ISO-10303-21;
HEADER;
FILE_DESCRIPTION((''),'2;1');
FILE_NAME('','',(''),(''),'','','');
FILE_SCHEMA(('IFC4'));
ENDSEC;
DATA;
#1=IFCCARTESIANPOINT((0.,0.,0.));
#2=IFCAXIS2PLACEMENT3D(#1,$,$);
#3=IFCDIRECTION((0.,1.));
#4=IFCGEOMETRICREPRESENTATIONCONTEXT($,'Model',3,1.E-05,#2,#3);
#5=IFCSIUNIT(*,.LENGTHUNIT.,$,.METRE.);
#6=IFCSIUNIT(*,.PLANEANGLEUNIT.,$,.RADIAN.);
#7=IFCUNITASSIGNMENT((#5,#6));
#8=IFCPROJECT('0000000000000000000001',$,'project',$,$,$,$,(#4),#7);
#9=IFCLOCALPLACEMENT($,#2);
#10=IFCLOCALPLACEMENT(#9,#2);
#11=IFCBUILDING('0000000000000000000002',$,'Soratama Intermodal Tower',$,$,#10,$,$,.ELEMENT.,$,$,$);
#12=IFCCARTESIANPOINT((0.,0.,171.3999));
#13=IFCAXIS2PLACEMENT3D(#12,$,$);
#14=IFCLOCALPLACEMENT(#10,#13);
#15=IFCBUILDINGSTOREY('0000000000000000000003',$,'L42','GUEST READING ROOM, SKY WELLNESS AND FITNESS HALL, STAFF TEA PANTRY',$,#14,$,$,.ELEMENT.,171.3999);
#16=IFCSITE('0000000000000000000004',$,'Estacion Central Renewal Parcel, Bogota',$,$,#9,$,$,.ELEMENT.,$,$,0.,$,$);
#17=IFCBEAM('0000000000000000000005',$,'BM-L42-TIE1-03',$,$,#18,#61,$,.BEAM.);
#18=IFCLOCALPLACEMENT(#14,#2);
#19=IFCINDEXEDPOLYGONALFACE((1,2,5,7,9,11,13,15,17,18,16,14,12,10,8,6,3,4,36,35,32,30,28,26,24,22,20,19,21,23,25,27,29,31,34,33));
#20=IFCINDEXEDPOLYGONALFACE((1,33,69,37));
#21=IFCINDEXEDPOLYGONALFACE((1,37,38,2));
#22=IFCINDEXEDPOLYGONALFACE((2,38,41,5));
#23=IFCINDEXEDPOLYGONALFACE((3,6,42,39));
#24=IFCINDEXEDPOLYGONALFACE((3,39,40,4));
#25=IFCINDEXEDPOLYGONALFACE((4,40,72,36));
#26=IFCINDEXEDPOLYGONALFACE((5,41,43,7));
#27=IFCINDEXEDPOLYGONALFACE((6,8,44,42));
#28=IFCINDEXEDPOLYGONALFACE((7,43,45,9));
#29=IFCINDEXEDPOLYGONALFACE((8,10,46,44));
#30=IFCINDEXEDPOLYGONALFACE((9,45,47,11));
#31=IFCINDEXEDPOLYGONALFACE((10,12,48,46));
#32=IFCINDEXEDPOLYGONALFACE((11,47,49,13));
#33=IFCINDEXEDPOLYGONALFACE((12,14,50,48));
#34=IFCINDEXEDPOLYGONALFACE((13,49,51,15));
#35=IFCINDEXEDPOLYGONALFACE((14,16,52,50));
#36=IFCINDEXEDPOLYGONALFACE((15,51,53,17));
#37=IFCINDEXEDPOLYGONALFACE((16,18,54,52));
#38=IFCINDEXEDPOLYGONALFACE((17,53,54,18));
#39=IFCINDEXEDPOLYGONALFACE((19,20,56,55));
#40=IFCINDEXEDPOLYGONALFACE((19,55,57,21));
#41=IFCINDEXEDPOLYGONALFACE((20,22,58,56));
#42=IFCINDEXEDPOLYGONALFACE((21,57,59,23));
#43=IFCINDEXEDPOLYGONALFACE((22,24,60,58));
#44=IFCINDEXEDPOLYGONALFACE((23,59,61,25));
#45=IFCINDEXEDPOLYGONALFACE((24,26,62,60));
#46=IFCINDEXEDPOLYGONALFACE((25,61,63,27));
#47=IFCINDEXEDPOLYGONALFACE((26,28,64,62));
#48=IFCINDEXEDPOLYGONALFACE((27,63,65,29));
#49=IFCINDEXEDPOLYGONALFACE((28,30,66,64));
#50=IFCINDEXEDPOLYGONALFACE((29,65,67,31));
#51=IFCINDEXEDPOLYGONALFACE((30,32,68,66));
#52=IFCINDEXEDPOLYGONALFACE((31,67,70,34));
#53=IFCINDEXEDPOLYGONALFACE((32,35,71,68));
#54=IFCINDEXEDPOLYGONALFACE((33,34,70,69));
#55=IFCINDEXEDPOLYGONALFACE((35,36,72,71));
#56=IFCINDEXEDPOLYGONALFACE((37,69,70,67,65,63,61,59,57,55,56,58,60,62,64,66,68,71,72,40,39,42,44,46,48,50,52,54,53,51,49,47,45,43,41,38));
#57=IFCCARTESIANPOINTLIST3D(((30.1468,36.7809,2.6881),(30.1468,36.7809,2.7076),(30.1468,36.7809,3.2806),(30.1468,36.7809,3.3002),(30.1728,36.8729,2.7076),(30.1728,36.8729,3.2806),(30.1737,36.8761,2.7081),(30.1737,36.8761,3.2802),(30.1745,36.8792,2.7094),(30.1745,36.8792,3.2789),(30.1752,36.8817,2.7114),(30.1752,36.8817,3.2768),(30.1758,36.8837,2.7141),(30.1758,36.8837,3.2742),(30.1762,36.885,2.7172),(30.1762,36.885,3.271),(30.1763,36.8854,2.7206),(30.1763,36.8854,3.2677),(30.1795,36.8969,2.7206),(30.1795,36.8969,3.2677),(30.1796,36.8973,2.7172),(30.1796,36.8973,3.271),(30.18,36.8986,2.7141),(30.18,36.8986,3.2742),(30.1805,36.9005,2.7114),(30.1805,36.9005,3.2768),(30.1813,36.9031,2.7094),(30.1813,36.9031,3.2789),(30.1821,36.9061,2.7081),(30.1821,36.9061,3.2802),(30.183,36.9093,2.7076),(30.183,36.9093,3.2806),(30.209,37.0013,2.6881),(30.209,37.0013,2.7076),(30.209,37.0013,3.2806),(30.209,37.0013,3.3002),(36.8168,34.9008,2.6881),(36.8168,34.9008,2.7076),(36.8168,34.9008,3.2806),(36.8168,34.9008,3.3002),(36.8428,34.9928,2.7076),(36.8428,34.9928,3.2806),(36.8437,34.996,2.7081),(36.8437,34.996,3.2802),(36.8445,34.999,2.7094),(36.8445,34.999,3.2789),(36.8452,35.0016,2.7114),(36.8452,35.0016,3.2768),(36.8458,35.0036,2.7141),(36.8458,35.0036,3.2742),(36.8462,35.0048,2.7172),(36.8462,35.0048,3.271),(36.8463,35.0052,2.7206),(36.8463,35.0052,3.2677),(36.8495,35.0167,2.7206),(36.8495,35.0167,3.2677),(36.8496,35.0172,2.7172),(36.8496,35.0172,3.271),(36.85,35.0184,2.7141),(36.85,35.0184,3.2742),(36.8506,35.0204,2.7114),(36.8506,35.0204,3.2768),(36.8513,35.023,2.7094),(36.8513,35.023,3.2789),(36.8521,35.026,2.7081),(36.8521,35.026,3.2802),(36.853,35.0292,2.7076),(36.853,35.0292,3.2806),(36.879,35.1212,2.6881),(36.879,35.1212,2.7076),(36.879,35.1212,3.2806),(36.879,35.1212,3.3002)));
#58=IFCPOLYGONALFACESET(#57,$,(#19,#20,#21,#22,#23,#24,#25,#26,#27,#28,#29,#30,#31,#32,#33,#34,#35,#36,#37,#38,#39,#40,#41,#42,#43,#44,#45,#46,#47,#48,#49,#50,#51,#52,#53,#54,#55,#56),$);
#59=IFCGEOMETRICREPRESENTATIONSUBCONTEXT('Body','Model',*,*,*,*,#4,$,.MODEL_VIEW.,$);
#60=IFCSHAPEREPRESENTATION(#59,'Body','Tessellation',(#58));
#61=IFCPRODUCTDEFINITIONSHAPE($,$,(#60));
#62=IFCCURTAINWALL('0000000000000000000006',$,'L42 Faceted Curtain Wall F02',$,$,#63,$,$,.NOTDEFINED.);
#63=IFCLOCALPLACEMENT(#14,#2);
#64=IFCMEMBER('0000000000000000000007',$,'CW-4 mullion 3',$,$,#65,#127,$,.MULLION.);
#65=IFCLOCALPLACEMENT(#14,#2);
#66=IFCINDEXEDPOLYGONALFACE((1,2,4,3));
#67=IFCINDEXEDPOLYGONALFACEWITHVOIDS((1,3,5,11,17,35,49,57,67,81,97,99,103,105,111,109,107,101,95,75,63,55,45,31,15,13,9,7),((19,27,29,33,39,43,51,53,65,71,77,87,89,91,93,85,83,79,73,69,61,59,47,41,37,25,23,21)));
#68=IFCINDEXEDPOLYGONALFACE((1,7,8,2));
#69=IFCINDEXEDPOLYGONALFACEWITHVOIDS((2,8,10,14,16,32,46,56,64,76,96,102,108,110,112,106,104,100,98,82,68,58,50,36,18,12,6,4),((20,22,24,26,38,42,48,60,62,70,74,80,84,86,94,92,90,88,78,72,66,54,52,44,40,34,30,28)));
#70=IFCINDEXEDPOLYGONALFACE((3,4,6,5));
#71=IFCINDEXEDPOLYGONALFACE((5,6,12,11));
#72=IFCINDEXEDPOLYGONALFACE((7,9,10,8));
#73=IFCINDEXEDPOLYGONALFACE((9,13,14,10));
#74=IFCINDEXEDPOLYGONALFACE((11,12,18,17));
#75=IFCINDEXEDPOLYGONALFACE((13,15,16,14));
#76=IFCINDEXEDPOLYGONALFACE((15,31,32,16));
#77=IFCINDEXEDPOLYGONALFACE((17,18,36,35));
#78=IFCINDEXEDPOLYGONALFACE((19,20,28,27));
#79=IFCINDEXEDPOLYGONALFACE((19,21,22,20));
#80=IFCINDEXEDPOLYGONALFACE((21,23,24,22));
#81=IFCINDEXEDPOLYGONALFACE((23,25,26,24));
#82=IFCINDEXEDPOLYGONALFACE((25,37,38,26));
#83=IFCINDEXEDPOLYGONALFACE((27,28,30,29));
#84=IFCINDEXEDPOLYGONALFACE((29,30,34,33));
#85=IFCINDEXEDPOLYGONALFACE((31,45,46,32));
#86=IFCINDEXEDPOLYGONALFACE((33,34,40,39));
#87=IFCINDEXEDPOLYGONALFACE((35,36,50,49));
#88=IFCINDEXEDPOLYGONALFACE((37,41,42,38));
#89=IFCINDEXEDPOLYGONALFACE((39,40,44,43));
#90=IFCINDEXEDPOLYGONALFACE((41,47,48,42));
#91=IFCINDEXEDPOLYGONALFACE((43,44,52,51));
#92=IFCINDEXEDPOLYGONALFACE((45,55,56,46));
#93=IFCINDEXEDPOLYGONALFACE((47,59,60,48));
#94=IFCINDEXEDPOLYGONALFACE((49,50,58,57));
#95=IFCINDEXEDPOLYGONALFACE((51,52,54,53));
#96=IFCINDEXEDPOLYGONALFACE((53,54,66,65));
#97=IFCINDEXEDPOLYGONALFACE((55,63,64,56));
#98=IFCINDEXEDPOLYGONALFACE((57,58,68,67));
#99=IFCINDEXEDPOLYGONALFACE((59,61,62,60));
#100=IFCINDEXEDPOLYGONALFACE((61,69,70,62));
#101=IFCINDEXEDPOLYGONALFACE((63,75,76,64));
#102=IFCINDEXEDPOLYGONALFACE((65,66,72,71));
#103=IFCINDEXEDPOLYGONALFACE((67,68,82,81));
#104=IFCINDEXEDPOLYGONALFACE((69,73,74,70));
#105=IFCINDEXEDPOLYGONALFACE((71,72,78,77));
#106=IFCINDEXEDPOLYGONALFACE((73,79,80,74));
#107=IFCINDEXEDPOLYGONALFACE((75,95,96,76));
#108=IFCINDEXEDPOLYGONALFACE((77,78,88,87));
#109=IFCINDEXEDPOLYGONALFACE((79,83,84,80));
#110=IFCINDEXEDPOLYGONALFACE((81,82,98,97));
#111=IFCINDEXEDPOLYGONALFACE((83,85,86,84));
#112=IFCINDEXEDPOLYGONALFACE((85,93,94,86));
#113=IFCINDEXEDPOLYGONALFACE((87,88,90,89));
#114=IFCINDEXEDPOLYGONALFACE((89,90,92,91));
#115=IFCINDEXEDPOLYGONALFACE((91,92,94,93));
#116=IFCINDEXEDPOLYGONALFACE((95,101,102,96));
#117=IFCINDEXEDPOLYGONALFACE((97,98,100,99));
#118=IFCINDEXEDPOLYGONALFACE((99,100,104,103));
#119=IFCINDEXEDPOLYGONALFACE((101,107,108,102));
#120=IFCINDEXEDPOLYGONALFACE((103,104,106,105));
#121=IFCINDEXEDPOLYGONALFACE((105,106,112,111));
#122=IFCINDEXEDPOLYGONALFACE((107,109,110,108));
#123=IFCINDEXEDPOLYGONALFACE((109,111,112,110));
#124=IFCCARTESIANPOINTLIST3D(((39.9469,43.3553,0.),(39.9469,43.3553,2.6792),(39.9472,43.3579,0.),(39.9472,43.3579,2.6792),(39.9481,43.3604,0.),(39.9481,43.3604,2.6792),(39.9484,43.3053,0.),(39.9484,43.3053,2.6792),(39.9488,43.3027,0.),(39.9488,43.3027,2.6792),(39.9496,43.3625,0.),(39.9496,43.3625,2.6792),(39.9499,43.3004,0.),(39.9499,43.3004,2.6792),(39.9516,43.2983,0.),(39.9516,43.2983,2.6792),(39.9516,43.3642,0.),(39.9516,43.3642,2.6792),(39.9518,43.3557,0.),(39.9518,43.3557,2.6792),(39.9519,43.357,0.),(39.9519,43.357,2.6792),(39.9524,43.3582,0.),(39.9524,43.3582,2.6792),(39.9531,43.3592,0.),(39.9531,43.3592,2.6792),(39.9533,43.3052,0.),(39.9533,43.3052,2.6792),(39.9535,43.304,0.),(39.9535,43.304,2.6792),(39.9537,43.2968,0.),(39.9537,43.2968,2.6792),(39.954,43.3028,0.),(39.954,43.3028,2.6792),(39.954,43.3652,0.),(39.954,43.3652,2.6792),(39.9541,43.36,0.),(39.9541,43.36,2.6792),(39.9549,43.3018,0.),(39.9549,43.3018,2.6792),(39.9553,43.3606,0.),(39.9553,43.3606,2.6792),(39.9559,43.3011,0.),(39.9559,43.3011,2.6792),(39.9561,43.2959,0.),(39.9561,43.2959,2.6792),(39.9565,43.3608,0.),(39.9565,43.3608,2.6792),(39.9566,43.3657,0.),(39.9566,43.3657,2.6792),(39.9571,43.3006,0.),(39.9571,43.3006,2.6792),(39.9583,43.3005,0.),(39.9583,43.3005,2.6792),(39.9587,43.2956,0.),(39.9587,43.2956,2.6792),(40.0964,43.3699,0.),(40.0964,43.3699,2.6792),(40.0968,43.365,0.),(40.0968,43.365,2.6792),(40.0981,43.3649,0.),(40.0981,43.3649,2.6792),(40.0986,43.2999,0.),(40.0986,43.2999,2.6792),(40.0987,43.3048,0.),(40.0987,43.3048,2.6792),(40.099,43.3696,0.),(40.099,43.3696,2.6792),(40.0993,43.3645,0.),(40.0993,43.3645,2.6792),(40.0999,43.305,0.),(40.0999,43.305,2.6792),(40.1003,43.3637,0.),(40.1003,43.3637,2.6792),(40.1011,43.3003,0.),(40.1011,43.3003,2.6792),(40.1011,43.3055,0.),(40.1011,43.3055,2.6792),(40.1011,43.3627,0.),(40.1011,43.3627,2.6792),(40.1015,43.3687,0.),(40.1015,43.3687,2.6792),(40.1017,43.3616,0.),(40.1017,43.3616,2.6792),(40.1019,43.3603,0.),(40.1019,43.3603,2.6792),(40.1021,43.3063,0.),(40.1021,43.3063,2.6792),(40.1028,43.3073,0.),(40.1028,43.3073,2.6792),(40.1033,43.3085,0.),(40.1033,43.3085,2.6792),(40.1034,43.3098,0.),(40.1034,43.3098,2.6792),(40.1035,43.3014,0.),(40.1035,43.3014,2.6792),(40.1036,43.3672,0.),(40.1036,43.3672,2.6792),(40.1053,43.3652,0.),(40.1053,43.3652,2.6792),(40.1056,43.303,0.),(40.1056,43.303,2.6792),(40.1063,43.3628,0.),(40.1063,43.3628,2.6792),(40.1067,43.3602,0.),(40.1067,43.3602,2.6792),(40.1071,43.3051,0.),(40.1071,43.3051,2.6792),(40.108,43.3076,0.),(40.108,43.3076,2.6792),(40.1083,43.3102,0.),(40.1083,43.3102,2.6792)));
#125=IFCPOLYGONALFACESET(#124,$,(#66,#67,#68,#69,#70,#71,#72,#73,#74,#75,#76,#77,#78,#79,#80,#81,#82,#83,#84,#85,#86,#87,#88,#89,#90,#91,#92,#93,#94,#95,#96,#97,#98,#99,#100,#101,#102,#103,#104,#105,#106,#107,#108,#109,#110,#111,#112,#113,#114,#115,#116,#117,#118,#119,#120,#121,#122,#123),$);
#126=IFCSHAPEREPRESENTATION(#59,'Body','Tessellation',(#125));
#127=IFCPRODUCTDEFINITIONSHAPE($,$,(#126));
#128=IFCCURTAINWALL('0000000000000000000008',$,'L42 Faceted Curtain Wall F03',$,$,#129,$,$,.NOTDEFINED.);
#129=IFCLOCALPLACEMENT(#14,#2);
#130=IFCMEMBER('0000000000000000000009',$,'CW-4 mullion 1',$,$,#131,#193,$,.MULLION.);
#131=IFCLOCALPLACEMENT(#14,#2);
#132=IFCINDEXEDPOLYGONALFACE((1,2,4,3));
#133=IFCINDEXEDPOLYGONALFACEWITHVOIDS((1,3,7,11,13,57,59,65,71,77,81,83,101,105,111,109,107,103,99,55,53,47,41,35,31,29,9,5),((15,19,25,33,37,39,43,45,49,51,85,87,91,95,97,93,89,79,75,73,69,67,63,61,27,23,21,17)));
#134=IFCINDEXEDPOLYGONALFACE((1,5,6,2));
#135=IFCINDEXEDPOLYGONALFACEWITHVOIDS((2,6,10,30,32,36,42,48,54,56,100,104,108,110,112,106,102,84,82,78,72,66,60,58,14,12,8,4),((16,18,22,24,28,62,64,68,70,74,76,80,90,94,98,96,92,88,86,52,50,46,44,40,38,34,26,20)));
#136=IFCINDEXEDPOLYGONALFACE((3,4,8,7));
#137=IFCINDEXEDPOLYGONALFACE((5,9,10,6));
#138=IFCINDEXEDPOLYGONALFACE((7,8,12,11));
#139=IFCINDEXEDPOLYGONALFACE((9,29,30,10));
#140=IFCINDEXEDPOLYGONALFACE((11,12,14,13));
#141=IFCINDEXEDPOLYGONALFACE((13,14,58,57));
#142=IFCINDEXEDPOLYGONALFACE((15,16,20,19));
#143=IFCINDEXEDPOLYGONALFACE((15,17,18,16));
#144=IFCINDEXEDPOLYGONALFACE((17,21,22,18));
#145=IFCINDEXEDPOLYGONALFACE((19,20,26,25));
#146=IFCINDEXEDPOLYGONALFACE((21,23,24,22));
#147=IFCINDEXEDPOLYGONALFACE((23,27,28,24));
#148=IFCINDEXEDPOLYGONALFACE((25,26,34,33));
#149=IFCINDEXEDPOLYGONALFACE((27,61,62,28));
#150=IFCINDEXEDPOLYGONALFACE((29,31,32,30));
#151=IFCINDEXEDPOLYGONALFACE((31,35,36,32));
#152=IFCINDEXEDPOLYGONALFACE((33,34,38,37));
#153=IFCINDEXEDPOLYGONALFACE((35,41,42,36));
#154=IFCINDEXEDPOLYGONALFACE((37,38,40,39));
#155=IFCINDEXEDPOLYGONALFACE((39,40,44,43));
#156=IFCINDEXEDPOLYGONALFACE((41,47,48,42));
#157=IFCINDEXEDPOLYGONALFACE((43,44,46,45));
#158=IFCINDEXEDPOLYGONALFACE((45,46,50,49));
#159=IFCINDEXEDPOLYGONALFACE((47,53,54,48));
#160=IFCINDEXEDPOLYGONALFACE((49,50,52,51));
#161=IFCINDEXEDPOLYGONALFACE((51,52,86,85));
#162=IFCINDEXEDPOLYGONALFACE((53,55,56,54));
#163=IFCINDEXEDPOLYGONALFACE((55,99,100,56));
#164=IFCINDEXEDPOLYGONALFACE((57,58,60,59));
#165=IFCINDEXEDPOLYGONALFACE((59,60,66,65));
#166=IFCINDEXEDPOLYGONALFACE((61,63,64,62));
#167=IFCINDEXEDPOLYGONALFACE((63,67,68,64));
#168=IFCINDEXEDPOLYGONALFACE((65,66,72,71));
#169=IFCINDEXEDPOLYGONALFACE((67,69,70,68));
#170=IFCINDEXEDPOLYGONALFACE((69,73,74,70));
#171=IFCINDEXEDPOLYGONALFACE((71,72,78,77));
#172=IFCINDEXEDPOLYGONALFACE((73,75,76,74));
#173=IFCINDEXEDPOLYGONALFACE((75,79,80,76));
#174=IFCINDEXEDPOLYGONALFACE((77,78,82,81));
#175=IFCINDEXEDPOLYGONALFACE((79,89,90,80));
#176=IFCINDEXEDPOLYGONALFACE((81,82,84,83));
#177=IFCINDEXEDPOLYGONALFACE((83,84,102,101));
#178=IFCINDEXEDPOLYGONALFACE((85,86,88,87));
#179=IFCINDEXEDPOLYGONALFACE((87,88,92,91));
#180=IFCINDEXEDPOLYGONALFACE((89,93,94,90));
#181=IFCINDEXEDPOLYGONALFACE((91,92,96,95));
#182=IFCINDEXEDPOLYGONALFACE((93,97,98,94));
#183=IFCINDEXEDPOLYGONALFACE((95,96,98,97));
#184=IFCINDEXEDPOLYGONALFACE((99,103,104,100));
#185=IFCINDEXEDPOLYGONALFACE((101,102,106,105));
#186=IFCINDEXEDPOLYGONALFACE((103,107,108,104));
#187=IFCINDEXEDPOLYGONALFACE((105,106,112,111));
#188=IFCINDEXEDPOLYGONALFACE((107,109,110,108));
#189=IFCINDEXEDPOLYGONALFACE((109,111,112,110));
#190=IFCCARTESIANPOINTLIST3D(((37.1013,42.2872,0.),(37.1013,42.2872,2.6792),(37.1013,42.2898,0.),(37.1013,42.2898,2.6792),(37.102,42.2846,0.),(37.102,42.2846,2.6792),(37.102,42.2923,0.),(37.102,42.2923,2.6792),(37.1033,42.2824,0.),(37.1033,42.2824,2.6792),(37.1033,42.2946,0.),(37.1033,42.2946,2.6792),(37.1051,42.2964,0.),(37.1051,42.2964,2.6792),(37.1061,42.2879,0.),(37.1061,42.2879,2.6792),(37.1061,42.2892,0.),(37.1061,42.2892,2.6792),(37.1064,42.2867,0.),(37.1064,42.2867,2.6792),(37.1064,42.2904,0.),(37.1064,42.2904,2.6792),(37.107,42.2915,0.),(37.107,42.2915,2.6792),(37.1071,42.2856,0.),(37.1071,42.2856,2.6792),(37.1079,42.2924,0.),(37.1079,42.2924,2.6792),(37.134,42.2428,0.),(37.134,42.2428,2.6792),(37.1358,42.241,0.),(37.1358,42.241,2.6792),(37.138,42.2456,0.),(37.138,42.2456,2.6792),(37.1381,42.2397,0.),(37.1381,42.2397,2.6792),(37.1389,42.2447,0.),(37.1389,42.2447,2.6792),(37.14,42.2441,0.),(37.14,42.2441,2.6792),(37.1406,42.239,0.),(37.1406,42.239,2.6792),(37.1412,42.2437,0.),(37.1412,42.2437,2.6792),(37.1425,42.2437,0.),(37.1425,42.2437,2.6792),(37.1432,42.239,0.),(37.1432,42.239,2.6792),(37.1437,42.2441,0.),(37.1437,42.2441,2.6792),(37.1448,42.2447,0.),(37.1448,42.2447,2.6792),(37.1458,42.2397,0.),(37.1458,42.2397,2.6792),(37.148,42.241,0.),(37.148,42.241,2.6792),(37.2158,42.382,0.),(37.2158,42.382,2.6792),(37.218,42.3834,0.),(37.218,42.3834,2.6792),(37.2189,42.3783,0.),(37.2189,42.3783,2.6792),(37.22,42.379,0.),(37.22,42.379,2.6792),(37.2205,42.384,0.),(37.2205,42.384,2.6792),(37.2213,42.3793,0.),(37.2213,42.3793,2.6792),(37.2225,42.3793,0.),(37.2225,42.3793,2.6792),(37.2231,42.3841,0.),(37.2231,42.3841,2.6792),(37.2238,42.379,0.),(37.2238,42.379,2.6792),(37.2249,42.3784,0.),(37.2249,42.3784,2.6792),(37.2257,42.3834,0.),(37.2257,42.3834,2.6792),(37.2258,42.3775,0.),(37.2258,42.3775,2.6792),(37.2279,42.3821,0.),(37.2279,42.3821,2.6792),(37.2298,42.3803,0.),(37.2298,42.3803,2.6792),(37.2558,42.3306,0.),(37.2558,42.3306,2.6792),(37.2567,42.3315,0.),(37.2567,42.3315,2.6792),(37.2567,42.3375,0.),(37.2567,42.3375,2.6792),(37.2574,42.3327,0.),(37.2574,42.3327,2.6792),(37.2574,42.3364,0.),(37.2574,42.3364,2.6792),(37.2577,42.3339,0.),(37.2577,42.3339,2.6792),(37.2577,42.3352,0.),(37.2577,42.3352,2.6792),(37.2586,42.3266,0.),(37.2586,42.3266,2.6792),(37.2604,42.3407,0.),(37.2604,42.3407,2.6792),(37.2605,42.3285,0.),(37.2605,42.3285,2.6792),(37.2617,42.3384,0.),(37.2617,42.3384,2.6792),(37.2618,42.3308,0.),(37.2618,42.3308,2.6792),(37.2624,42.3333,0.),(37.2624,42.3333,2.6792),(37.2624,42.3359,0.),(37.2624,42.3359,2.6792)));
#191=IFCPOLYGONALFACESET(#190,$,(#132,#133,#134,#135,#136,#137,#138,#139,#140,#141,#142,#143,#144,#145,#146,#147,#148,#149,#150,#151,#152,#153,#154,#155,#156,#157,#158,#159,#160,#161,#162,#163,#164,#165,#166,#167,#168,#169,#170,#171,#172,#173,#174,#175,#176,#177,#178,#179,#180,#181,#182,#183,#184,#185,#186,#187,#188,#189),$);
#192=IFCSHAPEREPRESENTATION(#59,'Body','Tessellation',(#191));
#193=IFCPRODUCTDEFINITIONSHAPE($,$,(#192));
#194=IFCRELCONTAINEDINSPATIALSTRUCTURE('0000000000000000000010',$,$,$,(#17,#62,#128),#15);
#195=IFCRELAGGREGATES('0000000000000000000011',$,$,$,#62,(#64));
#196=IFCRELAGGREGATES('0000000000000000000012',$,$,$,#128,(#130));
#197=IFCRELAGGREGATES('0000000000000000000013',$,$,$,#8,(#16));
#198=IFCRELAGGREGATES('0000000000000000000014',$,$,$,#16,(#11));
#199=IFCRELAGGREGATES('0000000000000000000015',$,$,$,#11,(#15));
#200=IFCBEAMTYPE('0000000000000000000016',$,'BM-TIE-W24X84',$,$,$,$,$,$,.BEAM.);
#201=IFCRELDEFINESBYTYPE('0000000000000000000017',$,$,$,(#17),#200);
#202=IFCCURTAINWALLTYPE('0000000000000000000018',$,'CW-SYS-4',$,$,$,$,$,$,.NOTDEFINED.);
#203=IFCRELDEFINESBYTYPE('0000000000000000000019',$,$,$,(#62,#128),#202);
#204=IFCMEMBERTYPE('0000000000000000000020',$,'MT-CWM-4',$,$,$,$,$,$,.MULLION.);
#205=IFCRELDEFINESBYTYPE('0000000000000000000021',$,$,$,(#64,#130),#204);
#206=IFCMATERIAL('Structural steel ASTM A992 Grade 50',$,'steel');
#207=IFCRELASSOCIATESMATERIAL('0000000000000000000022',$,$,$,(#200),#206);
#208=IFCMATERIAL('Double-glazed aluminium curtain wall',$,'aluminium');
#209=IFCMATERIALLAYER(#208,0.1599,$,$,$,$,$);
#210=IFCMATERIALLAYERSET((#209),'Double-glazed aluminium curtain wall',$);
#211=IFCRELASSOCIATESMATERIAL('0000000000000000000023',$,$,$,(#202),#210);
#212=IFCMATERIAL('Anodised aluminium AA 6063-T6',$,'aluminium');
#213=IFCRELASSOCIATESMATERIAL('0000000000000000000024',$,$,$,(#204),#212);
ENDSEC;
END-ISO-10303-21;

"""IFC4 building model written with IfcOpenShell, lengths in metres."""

from ifc_helpers import new_model, si_unit, direction, frame, origin, origin_2d, place, context, subcontext, project, spatial, hollow_rectangle, i_section, extrude, material, layer, layer_set, material_profile, profile_set, type_object, element, aggregate, save


model = new_model("IFC4")

# Units and contexts
model_context = context("Model", 3, precision=1e-05, world=origin(), true_north=direction((0.0, 1.0)))
body_context = subcontext(model_context, "Body", "Model", "MODEL_VIEW")
ifc_project = project(units=[si_unit("LENGTHUNIT", "METRE"), si_unit("PLANEANGLEUNIT", "RADIAN")], contexts=[model_context])

# Site, building, storey
site_placement = place(None, origin())
site = spatial("IfcSite", under=ifc_project, at=site_placement, Name="Estacion Central Renewal Parcel, Bogota", CompositionType="ELEMENT", RefElevation=0.0)
building_placement = place(site_placement, origin())
building = spatial("IfcBuilding", under=site, at=building_placement, Name="Soratama Intermodal Tower", CompositionType="ELEMENT")
storey_placement = place(building_placement, frame((0.0, 0.0, 171.3999)))
storey = spatial("IfcBuildingStorey", under=building, at=storey_placement, Name="L42", Description="GUEST READING ROOM, SKY WELLNESS AND FITNESS HALL, STAFF TEA PANTRY", CompositionType="ELEMENT", Elevation=171.3999)

# Beam
ifc_material_1 = material(Name="Structural steel ASTM A992 Grade 50", Category="steel")
ifc_material_profile_1 = material_profile(ifc_material_1, i_section(OverallWidth=0.229, OverallDepth=0.6121, WebThickness=0.012, FlangeThickness=0.0195, FilletRadius=0.0129, at=origin_2d()), Name="W24X84")
ifc_profile_set_1 = profile_set([ifc_material_profile_1], Name="Structural steel ASTM A992 Grade 50")
beam_type_1 = type_object("IfcBeamType", Name="BM-TIE-W24X84", PredefinedType="BEAM", material=ifc_profile_set_1)
beam_1_placement = place(storey_placement, frame((36.8479, 35.011, 2.9941), z_axis=(-0.962492, 0.271309, 0.0), x_axis=(-0.271309, -0.962492, 0.0)))
element("IfcBeam", 1, at=beam_1_placement, inside=storey, type_object=beam_type_1, Name="BM-L42-TIE1-03", PredefinedType="BEAM", context=body_context, shape_type="SweptSolid", body=[
    extrude(i_section(OverallWidth=0.229, OverallDepth=0.6121, WebThickness=0.012, FlangeThickness=0.0195, FilletRadius=0.0129, at=origin_2d()), origin(), (0.0, 0.0, 1.0), 6.9299),
])

# Curtain wall, member
ifc_material_2 = material(Name="Double-glazed aluminium curtain wall", Category="aluminium")
ifc_layer_1 = layer(ifc_material_2, 0.1599)
ifc_layer_set_1 = layer_set([ifc_layer_1], Name="Double-glazed aluminium curtain wall")
curtain_wall_type = type_object("IfcCurtainWallType", Name="CW-SYS-4", PredefinedType="NOTDEFINED", material=ifc_layer_set_1)
curtain_wall_1_placement = place(storey_placement, origin())
curtain_wall_1 = element("IfcCurtainWall", 2, at=curtain_wall_1_placement, inside=storey, type_object=curtain_wall_type, Name="L42 Faceted Curtain Wall F02", PredefinedType="NOTDEFINED")
ifc_material_3 = material(Name="Anodised aluminium AA 6063-T6", Category="aluminium")
ifc_material_profile_2 = material_profile(ifc_material_3, hollow_rectangle(XDim=0.0701, YDim=0.1599, WallThickness=0.0049, InnerFilletRadius=0.0049, OuterFilletRadius=0.01, at=origin_2d()), Name="CWM160X70X5")
ifc_profile_set_2 = profile_set([ifc_material_profile_2], Name="Anodised aluminium AA 6063-T6")
member_type_1 = type_object("IfcMemberType", Name="MT-CWM-4", PredefinedType="MULLION", material=ifc_profile_set_2)
member_1_placement = place(storey_placement, frame((40.0276, 43.3328, 0.0), z_axis=(0.0, 0.0, 1.0), x_axis=(0.03036, -0.999539, 0.0)))
member_1 = element("IfcMember", 3, at=member_1_placement, type_object=member_type_1, Name="CW-4 mullion 3", PredefinedType="MULLION", context=body_context, shape_type="SweptSolid", body=[
    extrude(hollow_rectangle(XDim=0.0701, YDim=0.1599, WallThickness=0.0049, InnerFilletRadius=0.0049, OuterFilletRadius=0.01, at=origin_2d()), origin(), (0.0, 0.0, 1.0), 2.6792),
])
aggregate(curtain_wall_1, [member_1])

# Curtain wall, member
curtain_wall_2_placement = place(storey_placement, origin())
curtain_wall_2 = element("IfcCurtainWall", 4, at=curtain_wall_2_placement, inside=storey, type_object=curtain_wall_type, Name="L42 Faceted Curtain Wall F03", PredefinedType="NOTDEFINED")
member_2_placement = place(storey_placement, frame((37.1819, 42.3115, 0.0), z_axis=(0.0, 0.0, 1.0), x_axis=(0.612073, -0.790801, 0.0)))
member_2 = element("IfcMember", 5, at=member_2_placement, type_object=member_type_1, Name="CW-4 mullion 1", PredefinedType="MULLION", context=body_context, shape_type="SweptSolid", body=[
    extrude(hollow_rectangle(XDim=0.0701, YDim=0.1599, WallThickness=0.0049, InnerFilletRadius=0.0049, OuterFilletRadius=0.01, at=origin_2d()), origin(), (0.0, 0.0, 1.0), 2.6792),
])
aggregate(curtain_wall_2, [member_2])

save(model, "model.ifc")
